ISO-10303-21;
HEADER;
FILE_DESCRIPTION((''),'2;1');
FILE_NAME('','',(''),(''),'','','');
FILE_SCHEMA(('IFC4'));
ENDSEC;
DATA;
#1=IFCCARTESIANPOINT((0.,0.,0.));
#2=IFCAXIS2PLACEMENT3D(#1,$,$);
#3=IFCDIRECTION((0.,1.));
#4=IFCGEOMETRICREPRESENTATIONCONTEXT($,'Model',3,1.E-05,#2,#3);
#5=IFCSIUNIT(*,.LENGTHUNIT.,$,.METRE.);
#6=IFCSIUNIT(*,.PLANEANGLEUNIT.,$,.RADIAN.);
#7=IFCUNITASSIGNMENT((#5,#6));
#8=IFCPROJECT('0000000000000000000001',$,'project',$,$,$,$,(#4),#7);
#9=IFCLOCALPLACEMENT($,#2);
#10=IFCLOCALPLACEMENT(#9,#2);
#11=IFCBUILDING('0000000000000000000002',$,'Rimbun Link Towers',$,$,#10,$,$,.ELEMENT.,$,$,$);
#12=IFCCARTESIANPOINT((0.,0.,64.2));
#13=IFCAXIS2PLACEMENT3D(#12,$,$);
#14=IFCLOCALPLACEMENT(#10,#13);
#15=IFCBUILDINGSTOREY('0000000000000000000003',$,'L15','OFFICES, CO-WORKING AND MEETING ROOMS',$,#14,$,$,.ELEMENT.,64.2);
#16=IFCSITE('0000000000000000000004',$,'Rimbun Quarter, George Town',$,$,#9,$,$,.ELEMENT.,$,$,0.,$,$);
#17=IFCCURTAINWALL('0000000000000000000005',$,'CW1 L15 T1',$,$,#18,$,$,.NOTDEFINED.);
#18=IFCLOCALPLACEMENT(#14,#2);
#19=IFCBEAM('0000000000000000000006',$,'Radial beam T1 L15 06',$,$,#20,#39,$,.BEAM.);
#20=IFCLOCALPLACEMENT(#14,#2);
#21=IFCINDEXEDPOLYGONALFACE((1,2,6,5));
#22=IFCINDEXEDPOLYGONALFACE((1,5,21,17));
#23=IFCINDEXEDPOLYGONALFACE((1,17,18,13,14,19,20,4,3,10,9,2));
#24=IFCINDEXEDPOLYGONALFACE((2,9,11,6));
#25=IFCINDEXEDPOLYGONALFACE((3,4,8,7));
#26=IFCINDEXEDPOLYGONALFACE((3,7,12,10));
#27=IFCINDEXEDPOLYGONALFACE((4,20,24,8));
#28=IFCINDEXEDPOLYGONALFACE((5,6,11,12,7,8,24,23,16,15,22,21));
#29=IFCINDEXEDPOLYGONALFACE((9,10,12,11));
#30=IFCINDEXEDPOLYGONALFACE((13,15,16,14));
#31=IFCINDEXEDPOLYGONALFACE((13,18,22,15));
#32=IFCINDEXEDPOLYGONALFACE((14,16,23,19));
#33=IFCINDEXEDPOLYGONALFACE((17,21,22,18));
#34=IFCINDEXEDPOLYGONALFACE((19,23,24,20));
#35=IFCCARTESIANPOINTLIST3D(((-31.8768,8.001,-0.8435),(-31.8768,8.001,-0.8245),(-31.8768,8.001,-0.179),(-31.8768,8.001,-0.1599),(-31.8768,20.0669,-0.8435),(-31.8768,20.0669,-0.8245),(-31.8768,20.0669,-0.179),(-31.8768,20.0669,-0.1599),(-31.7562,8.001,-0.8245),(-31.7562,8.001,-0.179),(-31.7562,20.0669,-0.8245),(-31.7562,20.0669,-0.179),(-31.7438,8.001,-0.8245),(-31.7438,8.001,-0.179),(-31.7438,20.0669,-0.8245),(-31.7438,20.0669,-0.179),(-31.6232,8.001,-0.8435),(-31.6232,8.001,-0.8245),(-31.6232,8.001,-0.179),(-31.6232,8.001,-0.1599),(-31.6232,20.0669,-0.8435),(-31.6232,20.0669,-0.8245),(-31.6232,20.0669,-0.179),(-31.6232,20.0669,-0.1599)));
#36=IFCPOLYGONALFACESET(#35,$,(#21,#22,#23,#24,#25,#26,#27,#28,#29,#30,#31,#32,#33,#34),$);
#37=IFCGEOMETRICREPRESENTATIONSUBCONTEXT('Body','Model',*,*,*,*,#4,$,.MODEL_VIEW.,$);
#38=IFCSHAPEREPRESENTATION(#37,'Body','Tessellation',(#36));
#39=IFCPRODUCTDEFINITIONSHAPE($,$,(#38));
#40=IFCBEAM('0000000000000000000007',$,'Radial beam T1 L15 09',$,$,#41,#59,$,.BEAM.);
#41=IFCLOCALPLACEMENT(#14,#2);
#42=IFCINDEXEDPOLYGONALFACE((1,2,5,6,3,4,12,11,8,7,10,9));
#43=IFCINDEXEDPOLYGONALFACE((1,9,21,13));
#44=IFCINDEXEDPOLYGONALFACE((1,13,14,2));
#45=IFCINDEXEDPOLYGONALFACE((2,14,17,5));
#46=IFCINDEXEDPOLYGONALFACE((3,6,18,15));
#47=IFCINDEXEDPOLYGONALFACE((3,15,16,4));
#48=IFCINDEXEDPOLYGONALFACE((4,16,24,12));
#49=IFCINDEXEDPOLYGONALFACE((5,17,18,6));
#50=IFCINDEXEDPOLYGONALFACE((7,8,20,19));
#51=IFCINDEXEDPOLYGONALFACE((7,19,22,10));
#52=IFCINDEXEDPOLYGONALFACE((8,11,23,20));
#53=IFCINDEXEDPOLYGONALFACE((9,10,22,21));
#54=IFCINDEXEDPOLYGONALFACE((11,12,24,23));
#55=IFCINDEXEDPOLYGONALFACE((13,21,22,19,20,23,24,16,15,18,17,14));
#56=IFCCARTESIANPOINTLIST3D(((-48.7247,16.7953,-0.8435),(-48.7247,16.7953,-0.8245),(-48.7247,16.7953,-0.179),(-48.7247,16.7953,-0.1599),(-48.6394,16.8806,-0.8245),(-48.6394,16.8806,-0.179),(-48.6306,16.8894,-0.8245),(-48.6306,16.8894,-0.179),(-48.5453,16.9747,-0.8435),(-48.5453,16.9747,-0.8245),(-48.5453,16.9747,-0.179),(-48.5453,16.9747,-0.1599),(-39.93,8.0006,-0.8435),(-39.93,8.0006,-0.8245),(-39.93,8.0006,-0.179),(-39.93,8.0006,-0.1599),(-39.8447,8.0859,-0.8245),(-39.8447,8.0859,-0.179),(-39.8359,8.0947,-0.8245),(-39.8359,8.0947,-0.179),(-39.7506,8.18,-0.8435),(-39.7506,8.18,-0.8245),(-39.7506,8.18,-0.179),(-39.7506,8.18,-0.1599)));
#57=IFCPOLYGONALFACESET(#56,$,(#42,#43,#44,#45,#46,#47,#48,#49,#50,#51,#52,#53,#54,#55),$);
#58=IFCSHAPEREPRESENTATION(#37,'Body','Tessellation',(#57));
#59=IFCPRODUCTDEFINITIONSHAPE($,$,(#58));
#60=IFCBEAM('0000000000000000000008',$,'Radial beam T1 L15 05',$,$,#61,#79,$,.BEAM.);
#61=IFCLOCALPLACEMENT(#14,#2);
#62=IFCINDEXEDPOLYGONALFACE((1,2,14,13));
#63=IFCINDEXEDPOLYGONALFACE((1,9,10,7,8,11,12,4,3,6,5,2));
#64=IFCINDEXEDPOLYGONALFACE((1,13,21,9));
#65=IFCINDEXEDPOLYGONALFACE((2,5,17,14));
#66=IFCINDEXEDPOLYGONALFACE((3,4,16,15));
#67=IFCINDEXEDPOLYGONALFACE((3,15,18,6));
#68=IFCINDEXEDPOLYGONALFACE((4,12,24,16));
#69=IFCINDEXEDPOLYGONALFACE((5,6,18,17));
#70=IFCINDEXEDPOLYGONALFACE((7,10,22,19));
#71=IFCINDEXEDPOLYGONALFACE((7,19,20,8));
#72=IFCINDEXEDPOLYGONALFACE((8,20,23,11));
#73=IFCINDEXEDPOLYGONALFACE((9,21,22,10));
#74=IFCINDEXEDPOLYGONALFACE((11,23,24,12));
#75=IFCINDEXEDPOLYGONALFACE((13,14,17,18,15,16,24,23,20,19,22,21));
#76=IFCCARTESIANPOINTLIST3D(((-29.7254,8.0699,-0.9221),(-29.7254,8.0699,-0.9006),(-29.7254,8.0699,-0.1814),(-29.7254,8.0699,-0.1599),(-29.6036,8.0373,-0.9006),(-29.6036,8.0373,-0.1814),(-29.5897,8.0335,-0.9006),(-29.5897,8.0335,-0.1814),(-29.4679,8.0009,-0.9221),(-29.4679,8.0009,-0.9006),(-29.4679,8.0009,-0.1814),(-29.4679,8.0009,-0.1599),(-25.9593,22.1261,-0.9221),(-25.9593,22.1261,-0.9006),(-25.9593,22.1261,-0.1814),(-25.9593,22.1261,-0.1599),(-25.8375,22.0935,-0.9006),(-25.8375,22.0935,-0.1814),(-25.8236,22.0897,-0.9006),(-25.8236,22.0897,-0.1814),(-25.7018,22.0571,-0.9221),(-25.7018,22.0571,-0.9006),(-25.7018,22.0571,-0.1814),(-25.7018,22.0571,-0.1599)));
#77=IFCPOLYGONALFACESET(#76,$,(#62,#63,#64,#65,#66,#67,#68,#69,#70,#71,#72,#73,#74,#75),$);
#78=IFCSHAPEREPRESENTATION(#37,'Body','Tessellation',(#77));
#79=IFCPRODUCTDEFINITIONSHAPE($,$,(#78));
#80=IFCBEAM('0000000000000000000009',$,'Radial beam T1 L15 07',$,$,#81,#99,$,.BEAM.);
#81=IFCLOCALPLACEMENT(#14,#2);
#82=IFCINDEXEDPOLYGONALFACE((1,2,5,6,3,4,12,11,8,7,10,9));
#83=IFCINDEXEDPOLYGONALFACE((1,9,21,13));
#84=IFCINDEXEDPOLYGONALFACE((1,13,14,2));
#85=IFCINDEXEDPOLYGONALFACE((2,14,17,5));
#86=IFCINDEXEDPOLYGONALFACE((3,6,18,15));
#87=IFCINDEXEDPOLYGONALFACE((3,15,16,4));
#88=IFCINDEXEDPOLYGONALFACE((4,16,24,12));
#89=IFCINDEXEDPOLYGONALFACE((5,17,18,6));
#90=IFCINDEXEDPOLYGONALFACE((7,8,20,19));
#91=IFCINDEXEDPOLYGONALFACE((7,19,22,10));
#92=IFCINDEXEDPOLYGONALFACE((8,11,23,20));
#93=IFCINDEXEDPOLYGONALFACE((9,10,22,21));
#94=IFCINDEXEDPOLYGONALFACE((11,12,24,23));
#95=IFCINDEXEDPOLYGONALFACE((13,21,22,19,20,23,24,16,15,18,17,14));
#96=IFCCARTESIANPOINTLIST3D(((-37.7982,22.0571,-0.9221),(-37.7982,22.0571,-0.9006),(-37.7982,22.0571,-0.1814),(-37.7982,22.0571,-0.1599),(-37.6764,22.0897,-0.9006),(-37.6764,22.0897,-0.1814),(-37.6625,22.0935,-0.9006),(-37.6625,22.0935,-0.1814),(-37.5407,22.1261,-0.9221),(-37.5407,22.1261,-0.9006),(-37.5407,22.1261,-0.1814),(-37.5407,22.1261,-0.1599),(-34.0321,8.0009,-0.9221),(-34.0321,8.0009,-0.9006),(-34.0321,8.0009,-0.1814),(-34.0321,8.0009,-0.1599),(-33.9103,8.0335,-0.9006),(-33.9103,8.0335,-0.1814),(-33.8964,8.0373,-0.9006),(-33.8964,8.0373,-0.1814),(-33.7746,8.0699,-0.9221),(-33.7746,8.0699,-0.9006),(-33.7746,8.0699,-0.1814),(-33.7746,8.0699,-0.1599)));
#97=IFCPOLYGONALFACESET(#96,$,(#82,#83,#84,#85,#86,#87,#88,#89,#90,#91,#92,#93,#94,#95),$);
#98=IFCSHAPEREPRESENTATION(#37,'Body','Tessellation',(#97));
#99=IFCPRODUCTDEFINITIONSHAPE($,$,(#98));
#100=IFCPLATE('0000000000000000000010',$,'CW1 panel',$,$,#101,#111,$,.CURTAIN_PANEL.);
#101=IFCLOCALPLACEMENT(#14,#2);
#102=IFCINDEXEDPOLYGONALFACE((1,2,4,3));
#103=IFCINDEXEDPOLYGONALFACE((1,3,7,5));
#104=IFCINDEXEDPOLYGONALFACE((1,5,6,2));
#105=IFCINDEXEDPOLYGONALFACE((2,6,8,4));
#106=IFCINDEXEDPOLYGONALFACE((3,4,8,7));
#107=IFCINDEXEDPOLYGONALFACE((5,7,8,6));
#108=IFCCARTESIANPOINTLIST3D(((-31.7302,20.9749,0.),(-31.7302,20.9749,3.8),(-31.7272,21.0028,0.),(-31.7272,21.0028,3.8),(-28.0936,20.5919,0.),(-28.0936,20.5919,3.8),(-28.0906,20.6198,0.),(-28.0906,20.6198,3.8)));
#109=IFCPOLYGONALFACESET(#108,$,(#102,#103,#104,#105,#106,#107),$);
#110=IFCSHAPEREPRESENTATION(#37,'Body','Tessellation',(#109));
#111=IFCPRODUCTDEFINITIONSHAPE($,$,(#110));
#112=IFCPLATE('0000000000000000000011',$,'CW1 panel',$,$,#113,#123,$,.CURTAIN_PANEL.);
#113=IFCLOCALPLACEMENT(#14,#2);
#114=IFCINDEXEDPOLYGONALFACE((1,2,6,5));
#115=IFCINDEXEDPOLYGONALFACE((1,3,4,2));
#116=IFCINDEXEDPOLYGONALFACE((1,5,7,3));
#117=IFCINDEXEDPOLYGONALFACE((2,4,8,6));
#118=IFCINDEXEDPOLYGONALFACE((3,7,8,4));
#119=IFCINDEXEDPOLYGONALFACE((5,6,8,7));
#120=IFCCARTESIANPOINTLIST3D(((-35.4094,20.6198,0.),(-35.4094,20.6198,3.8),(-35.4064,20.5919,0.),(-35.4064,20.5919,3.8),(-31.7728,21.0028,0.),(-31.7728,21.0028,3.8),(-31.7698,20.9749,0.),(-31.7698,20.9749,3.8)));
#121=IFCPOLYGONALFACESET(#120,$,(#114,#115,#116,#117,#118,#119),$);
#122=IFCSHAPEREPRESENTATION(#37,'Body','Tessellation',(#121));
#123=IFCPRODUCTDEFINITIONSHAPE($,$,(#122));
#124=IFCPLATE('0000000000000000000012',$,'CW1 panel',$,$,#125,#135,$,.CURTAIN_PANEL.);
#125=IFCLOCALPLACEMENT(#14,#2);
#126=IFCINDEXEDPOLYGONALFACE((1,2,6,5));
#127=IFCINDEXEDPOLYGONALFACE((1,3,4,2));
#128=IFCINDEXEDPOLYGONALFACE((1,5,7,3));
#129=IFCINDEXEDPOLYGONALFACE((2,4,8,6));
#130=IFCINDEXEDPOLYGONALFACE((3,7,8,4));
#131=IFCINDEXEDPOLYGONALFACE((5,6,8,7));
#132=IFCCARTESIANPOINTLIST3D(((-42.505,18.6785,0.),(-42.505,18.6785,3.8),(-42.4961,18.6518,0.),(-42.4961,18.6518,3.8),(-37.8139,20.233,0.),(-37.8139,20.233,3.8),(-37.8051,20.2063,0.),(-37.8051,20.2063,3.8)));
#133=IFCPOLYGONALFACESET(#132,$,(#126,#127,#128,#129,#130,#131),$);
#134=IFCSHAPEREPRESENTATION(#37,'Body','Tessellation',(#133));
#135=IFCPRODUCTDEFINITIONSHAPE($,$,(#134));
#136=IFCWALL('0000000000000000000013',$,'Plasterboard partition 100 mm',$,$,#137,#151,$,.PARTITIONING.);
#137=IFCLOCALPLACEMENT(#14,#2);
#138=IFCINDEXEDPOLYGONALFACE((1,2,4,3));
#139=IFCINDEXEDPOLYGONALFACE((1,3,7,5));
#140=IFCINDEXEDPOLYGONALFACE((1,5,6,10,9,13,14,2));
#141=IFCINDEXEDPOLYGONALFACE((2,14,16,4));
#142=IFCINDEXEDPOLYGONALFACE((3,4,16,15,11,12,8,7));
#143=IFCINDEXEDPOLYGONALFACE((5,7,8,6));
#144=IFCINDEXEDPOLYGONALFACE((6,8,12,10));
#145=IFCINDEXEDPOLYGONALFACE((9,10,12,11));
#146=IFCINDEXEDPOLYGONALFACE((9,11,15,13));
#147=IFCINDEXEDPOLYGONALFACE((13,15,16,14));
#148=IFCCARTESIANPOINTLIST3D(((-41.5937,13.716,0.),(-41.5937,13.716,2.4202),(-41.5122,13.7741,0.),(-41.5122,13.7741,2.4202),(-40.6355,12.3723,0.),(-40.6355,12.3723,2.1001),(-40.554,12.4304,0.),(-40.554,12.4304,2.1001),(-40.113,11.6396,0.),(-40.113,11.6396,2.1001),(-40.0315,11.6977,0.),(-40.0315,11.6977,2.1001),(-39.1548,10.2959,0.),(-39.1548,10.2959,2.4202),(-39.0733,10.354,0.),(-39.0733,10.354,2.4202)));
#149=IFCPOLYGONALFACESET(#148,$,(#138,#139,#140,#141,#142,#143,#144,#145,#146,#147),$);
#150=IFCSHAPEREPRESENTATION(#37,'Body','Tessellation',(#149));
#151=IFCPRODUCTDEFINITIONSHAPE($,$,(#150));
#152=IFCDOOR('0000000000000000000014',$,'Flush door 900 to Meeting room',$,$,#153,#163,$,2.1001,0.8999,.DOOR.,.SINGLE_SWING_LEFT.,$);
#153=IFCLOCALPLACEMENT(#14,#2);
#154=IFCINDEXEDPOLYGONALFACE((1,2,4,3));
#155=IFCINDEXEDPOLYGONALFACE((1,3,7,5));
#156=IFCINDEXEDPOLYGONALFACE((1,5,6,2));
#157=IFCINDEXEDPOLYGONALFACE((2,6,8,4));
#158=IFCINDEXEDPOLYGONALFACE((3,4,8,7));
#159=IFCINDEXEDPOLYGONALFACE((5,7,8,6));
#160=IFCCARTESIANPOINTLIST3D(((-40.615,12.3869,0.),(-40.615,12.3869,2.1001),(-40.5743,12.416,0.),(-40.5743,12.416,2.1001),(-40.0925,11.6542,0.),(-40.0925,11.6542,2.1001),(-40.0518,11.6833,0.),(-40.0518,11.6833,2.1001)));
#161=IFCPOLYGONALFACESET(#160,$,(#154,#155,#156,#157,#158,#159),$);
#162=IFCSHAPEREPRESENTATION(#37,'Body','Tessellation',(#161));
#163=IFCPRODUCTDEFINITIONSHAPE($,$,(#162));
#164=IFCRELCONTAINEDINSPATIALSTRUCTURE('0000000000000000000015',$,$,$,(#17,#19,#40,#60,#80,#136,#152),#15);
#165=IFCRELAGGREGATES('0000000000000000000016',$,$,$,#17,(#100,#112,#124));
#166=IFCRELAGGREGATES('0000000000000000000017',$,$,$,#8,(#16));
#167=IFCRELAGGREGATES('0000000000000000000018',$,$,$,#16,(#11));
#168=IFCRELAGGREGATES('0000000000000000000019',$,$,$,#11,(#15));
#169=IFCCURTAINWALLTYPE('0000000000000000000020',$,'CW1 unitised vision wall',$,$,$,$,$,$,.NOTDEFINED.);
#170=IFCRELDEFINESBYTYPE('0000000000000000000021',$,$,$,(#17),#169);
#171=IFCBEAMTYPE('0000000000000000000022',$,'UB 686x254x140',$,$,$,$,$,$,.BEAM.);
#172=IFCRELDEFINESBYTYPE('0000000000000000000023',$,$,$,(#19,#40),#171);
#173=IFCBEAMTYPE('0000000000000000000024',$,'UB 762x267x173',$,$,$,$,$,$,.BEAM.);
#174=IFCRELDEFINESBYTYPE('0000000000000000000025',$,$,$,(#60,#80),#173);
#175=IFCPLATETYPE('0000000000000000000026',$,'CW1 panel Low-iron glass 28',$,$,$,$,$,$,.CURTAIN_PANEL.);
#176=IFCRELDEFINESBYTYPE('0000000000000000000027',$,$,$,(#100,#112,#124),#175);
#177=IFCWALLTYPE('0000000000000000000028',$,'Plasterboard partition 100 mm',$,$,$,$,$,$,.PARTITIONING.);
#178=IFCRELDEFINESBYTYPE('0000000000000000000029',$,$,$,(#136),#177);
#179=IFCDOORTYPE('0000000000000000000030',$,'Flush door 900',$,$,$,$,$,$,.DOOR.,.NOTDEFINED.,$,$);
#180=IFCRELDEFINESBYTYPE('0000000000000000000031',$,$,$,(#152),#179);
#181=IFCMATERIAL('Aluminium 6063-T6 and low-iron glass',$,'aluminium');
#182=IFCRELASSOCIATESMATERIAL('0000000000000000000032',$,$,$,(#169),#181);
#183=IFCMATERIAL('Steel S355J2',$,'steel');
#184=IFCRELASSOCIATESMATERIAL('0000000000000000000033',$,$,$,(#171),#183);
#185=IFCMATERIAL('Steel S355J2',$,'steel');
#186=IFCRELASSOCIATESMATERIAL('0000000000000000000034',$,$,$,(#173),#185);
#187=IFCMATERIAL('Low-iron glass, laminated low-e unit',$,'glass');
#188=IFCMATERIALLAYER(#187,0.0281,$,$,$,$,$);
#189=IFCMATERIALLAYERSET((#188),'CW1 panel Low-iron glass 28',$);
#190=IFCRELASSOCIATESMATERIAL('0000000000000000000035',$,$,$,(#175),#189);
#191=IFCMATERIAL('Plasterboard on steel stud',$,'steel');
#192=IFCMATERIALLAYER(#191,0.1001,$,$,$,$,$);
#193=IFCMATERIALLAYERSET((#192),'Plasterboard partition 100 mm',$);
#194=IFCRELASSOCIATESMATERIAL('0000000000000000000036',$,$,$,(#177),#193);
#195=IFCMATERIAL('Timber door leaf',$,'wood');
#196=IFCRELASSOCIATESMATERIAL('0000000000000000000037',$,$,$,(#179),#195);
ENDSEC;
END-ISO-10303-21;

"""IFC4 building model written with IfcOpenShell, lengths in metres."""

from ifc_helpers import new_model, si_unit, direction, frame, frame_2d, origin, origin_2d, place, context, subcontext, project, spatial, rectangle, i_section, extrude, material, layer, layer_set, material_profile, profile_set, type_object, element, fill, aggregate, save


model = new_model("IFC4")

# Units and contexts
model_context = context("Model", 3, precision=1e-05, world=origin(), true_north=direction((0.0, 1.0)))
body_context = subcontext(model_context, "Body", "Model", "MODEL_VIEW")
ifc_project = project(units=[si_unit("LENGTHUNIT", "METRE"), si_unit("PLANEANGLEUNIT", "RADIAN")], contexts=[model_context])

# Site, building, storey
site_placement = place(None, origin())
site = spatial("IfcSite", under=ifc_project, at=site_placement, Name="Rimbun Quarter, George Town", CompositionType="ELEMENT", RefElevation=0.0)
building_placement = place(site_placement, origin())
building = spatial("IfcBuilding", under=site, at=building_placement, Name="Rimbun Link Towers", CompositionType="ELEMENT")
storey_placement = place(building_placement, frame((0.0, 0.0, 64.2)))
storey = spatial("IfcBuildingStorey", under=building, at=storey_placement, Name="L15", Description="OFFICES, CO-WORKING AND MEETING ROOMS", CompositionType="ELEMENT", Elevation=64.2)

# Curtain wall
ifc_material_1 = material(Name="Aluminium 6063-T6 and low-iron glass", Category="aluminium")
curtain_wall_type = type_object("IfcCurtainWallType", Name="CW1 unitised vision wall", PredefinedType="NOTDEFINED", material=ifc_material_1)
curtain_wall_placement = place(storey_placement, origin())
curtain_wall = element("IfcCurtainWall", 1, at=curtain_wall_placement, inside=storey, type_object=curtain_wall_type, Name="CW1 L15 T1", PredefinedType="NOTDEFINED")

# Beams
ifc_material_2 = material(Name="Steel S355J2", Category="steel")
ifc_material_profile_1 = material_profile(ifc_material_2, i_section(OverallWidth=0.2537, OverallDepth=0.6836, WebThickness=0.0125, FlangeThickness=0.019, at=origin_2d()), Name="UB 686x254x140")
ifc_profile_set_1 = profile_set([ifc_material_profile_1], Name="Steel S355J2")
beam_type_1 = type_object("IfcBeamType", Name="UB 686x254x140", PredefinedType="BEAM", material=ifc_profile_set_1)
beam_1_placement = place(storey_placement, frame((-31.75, 8.001, -0.5017), z_axis=(0.0, 1.0, 0.0), x_axis=(-1.0, 0.0, 0.0)))
element("IfcBeam", 2, at=beam_1_placement, inside=storey, type_object=beam_type_1, Name="Radial beam T1 L15 06", PredefinedType="BEAM", context=body_context, shape_type="SweptSolid", body=[
    extrude(i_section(OverallWidth=0.2537, OverallDepth=0.6836, WebThickness=0.0125, FlangeThickness=0.019, at=origin_2d()), origin(), (0.0, 0.0, 1.0), 12.0659),
])
beam_2_placement = place(storey_placement, frame((-39.8403, 8.0903, -0.5017), z_axis=(-0.707107, 0.707107, 0.0), x_axis=(-0.707107, -0.707107, 0.0)))
element("IfcBeam", 3, at=beam_2_placement, inside=storey, type_object=beam_type_1, Name="Radial beam T1 L15 09", PredefinedType="BEAM", context=body_context, shape_type="SweptSolid", body=[
    extrude(i_section(OverallWidth=0.2537, OverallDepth=0.6836, WebThickness=0.0125, FlangeThickness=0.019, at=origin_2d()), origin(), (0.0, 0.0, 1.0), 12.4375),
])
ifc_material_3 = material(Name="Steel S355J2", Category="steel")
ifc_material_profile_2 = material_profile(ifc_material_3, i_section(OverallWidth=0.2666, OverallDepth=0.7622, WebThickness=0.0144, FlangeThickness=0.0215, at=origin_2d()), Name="UB 762x267x173")
ifc_profile_set_2 = profile_set([ifc_material_profile_2], Name="Steel S355J2")
beam_type_2 = type_object("IfcBeamType", Name="UB 762x267x173", PredefinedType="BEAM", material=ifc_profile_set_2)
for number, where, z_axis, x_axis, name in (
    (4, (-29.5967, 8.0354, -0.541), (0.258805, 0.96593, 0.0), (-0.96593, 0.258805, 0.0), "Radial beam T1 L15 05"),
    (5, (-33.9033, 8.0354, -0.541), (-0.258805, 0.96593, 0.0), (-0.96593, -0.258805, 0.0), "Radial beam T1 L15 07"),
):
    element("IfcBeam", number, at=place(storey_placement, frame(where, z_axis=z_axis, x_axis=x_axis)), inside=storey, type_object=beam_type_2, Name=name, PredefinedType="BEAM", context=body_context, shape_type="SweptSolid", body=[
        extrude(i_section(OverallWidth=0.2666, OverallDepth=0.7622, WebThickness=0.0144, FlangeThickness=0.0215, at=origin_2d()), origin(), (0.0, 0.0, 1.0), 14.552),
    ])

# Plates
ifc_material_4 = material(Name="Low-iron glass, laminated low-e unit", Category="glass")
ifc_layer_1 = layer(ifc_material_4, 0.0281)
ifc_layer_set_1 = layer_set([ifc_layer_1], Name="CW1 panel Low-iron glass 28")
plate_type = type_object("IfcPlateType", Name="CW1 panel Low-iron glass 28", PredefinedType="CURTAIN_PANEL", material=ifc_layer_set_1)
plate_1_placement = place(storey_placement, frame((-29.9104, 20.7974, 0.0), z_axis=(0.0, 0.0, 1.0), x_axis=(0.9945, -0.104735, 0.0)))
plate_1 = element("IfcPlate", 6, at=plate_1_placement, type_object=plate_type, Name="CW1 panel", PredefinedType="CURTAIN_PANEL", context=body_context, shape_type="SweptSolid", body=[
    extrude(rectangle(XDim=3.6567, YDim=0.0281, at=origin_2d()), origin(), (0.0, 0.0, 1.0), 3.8),
])
plate_2_placement = place(storey_placement, frame((-33.5896, 20.7974, 0.0), z_axis=(0.0, 0.0, 1.0), x_axis=(0.9945, 0.104735, 0.0)))
plate_2 = element("IfcPlate", 7, at=plate_2_placement, type_object=plate_type, Name="CW1 panel", PredefinedType="CURTAIN_PANEL", context=body_context, shape_type="SweptSolid", body=[
    extrude(rectangle(XDim=3.6567, YDim=0.0281, at=origin_2d()), origin(), (0.0, 0.0, 1.0), 3.8),
])
plate_3_placement = place(storey_placement, frame((-40.155, 19.4424, 0.0), z_axis=(0.0, 0.0, 1.0), x_axis=(0.949239, 0.314556, 0.0)))
plate_3 = element("IfcPlate", 8, at=plate_3_placement, type_object=plate_type, Name="CW1 panel", PredefinedType="CURTAIN_PANEL", context=body_context, shape_type="SweptSolid", body=[
    extrude(rectangle(XDim=4.9419, YDim=0.0281, at=origin_2d()), origin(), (0.0, 0.0, 1.0), 3.8),
])
aggregate(curtain_wall, [plate_1, plate_2, plate_3])

# Wall, opening, door
ifc_material_5 = material(Name="Plasterboard on steel stud", Category="steel")
ifc_layer_2 = layer(ifc_material_5, 0.1001)
ifc_layer_set_2 = layer_set([ifc_layer_2], Name="Plasterboard partition 100 mm")
wall_type_1 = type_object("IfcWallType", Name="Plasterboard partition 100 mm", PredefinedType="PARTITIONING", material=ifc_layer_set_2)
wall_1_placement = place(storey_placement, frame((-39.114, 10.325, 0.0), z_axis=(0.0, 0.0, 1.0), x_axis=(-0.580606, 0.814185, 0.0)))
wall_1 = element("IfcWall", 9, at=wall_1_placement, inside=storey, type_object=wall_type_1, Name="Plasterboard partition 100 mm", PredefinedType="PARTITIONING", context=body_context, shape_type="SweptSolid", body=[
    extrude(rectangle(XDim=4.2007, YDim=0.1001, at=frame_2d((2.1003, 0.0))), origin(), (0.0, 0.0, 1.0), 2.4202),
])
opening_1_placement = place(wall_1_placement, frame((1.6504, 0.0, 0.0)))
opening_1 = element("IfcOpeningElement", 10, at=opening_1_placement, cuts=wall_1, PredefinedType="OPENING", context=body_context, shape_type="SweptSolid", body=[
    extrude(rectangle(XDim=0.8999, YDim=2.1001, at=frame_2d((0.45, 1.05))), frame((0.0, 0.0601, 0.0), z_axis=(0.0, -1.0, 0.0), x_axis=(1.0, 0.0, 0.0)), (0.0, 0.0, 1.0), 0.1201),
])
ifc_material_6 = material(Name="Timber door leaf", Category="wood")
door_type_1 = type_object("IfcDoorType", Name="Flush door 900", OperationType="NOTDEFINED", PredefinedType="DOOR", material=ifc_material_6)
door_1_placement = place(opening_1_placement, origin())
door_1 = element("IfcDoor", 11, at=door_1_placement, inside=storey, type_object=door_type_1, Name="Flush door 900 to Meeting room", OperationType="SINGLE_SWING_LEFT", OverallHeight=2.1001, OverallWidth=0.8999, PredefinedType="DOOR", context=body_context, shape_type="SweptSolid", body=[
    extrude(rectangle(XDim=0.8999, YDim=2.1001, at=frame_2d((0.45, 1.05))), frame((0.0, 0.0249, 0.0), z_axis=(0.0, -1.0, 0.0), x_axis=(1.0, 0.0, 0.0)), (0.0, 0.0, 1.0), 0.05),
])
fill(opening_1, door_1)

save(model, "model.ifc")
